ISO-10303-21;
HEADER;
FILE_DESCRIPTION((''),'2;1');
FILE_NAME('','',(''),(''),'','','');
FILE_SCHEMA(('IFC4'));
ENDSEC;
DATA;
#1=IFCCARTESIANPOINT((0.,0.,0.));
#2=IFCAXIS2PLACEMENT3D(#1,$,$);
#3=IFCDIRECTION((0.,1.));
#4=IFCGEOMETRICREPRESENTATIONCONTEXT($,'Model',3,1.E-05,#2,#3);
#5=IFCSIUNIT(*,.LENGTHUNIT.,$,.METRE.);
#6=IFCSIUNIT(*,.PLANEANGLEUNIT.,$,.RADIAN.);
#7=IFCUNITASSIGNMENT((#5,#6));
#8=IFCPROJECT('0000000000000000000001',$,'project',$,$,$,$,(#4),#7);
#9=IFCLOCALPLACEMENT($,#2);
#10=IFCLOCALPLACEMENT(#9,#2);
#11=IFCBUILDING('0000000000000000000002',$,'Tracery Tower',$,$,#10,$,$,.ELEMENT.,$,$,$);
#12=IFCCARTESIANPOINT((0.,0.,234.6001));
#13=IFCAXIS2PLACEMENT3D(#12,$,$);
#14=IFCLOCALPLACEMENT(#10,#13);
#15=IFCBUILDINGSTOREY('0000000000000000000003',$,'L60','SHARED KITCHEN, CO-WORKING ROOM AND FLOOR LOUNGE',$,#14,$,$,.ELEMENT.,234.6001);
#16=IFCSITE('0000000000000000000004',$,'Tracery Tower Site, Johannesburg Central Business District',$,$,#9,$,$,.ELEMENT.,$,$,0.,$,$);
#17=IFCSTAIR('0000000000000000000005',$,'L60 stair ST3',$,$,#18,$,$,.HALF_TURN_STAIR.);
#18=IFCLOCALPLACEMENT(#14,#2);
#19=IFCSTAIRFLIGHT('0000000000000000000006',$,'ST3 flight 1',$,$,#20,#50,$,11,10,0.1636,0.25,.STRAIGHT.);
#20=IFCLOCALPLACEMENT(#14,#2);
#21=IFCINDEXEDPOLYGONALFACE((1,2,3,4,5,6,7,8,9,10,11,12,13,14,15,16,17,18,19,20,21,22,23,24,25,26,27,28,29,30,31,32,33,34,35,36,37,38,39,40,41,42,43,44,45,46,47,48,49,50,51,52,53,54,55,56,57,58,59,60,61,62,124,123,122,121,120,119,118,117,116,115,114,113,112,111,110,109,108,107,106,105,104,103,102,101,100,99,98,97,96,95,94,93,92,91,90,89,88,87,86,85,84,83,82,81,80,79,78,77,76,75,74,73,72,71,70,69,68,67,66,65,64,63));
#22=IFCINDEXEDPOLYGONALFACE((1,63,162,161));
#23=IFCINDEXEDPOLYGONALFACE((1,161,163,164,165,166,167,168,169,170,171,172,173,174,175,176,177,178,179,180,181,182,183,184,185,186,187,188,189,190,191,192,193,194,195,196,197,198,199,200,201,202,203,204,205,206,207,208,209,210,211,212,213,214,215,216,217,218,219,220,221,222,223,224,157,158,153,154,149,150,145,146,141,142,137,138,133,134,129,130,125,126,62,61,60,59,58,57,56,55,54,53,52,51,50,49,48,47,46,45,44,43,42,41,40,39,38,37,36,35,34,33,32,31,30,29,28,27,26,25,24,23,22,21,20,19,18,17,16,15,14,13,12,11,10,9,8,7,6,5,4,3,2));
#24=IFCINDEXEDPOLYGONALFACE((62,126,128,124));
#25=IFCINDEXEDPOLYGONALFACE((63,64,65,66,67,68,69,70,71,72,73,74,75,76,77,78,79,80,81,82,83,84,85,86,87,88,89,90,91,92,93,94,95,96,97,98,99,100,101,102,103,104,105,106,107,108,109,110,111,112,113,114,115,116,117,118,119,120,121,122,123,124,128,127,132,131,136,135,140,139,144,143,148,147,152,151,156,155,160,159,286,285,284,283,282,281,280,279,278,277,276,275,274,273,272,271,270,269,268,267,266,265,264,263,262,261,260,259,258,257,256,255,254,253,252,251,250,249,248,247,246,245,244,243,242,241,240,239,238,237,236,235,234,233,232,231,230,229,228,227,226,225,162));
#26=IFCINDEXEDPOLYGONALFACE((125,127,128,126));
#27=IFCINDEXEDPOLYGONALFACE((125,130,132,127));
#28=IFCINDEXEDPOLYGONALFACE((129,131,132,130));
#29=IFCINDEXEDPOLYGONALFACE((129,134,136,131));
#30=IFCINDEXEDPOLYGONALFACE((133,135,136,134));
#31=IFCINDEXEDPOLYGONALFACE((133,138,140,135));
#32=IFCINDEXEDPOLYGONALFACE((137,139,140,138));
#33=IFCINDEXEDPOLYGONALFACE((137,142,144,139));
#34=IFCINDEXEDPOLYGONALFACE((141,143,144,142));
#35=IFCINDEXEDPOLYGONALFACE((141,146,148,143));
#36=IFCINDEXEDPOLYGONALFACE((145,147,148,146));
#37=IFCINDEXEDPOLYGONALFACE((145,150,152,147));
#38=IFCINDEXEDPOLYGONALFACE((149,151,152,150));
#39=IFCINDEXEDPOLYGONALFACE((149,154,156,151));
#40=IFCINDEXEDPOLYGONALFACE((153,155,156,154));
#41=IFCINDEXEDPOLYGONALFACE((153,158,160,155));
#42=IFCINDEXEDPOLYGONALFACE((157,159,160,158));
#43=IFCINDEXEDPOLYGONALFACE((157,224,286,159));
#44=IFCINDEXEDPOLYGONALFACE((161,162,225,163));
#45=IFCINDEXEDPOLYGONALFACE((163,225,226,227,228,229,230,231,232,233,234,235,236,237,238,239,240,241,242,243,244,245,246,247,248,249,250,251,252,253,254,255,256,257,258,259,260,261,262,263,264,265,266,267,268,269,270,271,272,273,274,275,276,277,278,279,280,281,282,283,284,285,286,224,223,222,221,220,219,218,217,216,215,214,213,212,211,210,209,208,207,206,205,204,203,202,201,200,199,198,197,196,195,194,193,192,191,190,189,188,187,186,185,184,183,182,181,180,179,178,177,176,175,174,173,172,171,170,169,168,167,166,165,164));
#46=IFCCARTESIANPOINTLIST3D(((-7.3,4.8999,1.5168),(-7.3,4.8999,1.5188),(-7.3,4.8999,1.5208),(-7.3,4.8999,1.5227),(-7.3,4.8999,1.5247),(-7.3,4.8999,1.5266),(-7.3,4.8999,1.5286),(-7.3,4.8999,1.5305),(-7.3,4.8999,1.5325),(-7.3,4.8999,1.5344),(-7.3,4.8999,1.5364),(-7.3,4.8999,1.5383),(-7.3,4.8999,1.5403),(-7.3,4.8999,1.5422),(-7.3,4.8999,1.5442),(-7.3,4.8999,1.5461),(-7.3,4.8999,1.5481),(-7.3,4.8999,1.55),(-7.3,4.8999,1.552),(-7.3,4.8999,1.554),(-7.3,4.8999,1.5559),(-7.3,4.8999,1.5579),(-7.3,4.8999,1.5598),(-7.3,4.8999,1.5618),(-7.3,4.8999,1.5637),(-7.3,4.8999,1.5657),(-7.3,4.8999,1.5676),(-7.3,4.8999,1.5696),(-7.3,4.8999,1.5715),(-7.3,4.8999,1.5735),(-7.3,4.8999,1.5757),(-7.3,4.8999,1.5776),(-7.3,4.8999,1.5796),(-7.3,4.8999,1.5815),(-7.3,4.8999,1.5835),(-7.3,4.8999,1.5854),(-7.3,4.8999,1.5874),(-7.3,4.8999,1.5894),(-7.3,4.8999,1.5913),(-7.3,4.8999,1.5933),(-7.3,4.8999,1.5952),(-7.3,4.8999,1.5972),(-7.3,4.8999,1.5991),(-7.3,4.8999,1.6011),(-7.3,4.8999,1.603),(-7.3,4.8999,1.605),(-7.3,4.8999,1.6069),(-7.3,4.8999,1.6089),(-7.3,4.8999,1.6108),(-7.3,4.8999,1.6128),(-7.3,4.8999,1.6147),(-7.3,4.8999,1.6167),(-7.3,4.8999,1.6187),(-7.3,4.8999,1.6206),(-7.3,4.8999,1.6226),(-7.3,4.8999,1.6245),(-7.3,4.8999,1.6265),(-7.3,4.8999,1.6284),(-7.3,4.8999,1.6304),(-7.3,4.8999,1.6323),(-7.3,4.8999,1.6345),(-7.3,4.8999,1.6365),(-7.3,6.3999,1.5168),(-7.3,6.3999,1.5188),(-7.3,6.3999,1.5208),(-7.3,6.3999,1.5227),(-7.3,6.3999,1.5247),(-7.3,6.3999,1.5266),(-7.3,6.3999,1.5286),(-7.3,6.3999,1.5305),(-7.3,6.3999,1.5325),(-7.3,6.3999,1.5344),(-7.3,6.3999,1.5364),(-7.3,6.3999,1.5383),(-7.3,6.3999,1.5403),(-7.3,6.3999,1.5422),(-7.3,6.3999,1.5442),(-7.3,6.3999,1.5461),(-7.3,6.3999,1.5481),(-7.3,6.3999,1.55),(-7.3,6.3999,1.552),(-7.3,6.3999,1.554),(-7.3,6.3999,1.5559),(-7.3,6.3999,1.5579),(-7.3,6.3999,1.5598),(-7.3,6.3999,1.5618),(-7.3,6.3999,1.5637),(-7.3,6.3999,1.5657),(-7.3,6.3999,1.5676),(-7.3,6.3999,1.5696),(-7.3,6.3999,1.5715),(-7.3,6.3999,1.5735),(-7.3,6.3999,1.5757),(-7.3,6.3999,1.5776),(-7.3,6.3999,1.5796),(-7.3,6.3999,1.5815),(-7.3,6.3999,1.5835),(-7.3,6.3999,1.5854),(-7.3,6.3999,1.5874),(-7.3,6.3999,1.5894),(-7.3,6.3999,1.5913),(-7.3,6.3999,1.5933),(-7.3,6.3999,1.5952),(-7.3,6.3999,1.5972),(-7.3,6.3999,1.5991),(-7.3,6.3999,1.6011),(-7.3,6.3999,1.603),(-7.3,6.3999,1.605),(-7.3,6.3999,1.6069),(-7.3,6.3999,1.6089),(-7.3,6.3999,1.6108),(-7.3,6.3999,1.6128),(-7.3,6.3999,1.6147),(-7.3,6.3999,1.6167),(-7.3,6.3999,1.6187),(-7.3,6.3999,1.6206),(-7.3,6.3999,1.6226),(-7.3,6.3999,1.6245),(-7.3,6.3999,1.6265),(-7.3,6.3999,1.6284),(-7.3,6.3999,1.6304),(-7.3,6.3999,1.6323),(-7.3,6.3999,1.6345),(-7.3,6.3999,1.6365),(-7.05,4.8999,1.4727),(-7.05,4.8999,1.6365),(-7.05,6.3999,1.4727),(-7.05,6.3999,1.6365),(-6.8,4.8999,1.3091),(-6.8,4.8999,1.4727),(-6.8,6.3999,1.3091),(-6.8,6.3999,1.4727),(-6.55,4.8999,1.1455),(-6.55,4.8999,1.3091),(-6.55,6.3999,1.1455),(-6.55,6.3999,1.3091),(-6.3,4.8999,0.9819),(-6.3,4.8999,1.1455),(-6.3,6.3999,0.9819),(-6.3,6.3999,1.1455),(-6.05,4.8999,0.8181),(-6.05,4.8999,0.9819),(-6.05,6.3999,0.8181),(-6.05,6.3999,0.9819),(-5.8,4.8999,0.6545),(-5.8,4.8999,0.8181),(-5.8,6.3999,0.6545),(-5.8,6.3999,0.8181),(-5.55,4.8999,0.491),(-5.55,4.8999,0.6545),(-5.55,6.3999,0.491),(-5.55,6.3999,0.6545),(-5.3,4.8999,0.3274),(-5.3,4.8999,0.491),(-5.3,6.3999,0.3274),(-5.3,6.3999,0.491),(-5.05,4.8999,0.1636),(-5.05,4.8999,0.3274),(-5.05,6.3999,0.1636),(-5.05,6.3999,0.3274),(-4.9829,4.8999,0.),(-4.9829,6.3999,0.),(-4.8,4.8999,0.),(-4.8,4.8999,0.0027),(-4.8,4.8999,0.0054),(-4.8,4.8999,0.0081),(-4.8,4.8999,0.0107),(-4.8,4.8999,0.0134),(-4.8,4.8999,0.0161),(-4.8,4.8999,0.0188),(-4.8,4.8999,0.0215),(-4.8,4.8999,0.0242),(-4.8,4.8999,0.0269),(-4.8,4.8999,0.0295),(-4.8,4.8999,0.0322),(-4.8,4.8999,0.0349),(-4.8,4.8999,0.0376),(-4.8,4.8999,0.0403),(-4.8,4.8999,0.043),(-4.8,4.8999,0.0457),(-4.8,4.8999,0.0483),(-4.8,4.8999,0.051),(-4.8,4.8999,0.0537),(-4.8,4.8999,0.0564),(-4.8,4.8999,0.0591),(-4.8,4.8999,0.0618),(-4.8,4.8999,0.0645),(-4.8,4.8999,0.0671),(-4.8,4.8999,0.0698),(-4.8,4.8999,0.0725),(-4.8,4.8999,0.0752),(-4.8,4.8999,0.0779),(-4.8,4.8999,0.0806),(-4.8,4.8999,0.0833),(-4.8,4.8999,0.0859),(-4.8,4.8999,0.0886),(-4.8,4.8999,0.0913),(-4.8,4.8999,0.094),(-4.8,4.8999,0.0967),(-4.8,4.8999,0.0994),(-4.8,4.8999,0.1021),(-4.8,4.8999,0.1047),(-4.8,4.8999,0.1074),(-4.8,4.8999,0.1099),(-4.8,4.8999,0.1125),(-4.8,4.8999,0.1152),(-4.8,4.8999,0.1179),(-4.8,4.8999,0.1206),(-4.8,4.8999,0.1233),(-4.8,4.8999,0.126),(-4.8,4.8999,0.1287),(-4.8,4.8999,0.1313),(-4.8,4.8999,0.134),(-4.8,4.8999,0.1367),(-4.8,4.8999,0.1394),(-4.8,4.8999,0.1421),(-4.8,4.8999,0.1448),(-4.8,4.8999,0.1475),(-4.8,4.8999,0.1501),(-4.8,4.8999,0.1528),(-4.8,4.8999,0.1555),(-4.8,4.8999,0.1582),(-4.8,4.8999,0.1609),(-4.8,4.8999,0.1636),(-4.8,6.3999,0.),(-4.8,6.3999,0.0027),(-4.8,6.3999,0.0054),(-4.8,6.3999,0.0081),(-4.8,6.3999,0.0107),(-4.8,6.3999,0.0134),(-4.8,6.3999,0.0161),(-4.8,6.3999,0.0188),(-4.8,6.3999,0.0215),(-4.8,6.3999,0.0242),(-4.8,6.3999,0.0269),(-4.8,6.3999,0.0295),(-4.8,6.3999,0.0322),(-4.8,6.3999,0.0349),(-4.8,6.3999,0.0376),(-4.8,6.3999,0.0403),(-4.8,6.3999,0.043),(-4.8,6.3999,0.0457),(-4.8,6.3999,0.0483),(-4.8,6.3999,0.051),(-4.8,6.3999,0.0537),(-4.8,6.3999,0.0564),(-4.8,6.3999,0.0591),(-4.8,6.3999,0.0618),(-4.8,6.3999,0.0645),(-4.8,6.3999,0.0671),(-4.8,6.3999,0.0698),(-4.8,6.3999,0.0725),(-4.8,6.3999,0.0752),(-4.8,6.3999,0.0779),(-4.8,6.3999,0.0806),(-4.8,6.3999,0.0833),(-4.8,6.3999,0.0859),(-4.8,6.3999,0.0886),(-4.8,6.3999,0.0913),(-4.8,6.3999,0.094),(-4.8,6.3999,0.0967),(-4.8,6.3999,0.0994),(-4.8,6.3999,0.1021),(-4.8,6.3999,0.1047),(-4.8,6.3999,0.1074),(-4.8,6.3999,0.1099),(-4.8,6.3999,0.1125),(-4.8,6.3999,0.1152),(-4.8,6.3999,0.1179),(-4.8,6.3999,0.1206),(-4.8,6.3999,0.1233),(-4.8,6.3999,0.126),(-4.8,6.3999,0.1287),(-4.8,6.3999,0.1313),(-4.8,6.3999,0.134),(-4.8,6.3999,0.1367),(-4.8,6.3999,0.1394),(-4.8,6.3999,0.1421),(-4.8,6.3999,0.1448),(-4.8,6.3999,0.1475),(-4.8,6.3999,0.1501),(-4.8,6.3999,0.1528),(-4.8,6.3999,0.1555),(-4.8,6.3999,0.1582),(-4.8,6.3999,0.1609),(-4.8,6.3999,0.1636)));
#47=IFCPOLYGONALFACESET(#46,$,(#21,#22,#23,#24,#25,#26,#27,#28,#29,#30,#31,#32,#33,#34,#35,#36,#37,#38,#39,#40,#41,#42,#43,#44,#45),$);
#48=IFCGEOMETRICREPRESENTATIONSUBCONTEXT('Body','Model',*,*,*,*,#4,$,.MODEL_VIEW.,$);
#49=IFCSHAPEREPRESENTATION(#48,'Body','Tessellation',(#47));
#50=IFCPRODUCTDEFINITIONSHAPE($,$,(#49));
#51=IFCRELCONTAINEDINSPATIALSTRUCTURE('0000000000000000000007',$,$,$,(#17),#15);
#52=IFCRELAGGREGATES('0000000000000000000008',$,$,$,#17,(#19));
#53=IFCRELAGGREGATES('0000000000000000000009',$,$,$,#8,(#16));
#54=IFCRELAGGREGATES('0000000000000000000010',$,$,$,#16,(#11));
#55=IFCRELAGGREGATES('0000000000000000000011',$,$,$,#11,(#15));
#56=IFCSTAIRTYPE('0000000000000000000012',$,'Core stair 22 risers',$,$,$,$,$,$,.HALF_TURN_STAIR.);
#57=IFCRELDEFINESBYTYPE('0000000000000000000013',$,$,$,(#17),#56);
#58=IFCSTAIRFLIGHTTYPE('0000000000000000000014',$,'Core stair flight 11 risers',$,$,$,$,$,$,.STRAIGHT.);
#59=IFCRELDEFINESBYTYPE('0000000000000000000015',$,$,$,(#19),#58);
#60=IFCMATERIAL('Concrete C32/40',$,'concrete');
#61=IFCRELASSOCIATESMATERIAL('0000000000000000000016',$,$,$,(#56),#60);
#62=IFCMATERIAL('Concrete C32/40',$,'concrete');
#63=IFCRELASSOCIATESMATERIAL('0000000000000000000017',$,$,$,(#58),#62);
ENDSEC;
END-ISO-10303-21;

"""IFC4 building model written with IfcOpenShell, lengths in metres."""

from ifc_helpers import new_model, si_unit, direction, frame, origin, place, context, subcontext, project, spatial, polyline, outline, extrude, material, type_object, element, aggregate, save


model = new_model("IFC4")

# Units and contexts
model_context = context("Model", 3, precision=1e-05, world=origin(), true_north=direction((0.0, 1.0)))
body_context = subcontext(model_context, "Body", "Model", "MODEL_VIEW")
ifc_project = project(units=[si_unit("LENGTHUNIT", "METRE"), si_unit("PLANEANGLEUNIT", "RADIAN")], contexts=[model_context])

# Site, building, storey
site_placement = place(None, origin())
site = spatial("IfcSite", under=ifc_project, at=site_placement, Name="Tracery Tower Site, Johannesburg Central Business District", CompositionType="ELEMENT", RefElevation=0.0)
building_placement = place(site_placement, origin())
building = spatial("IfcBuilding", under=site, at=building_placement, Name="Tracery Tower", CompositionType="ELEMENT")
storey_placement = place(building_placement, frame((0.0, 0.0, 234.6001)))
storey = spatial("IfcBuildingStorey", under=building, at=storey_placement, Name="L60", Description="SHARED KITCHEN, CO-WORKING ROOM AND FLOOR LOUNGE", CompositionType="ELEMENT", Elevation=234.6001)

# Stair, stair flight
ifc_material_1 = material(Name="Concrete C32/40", Category="concrete")
stair_type = type_object("IfcStairType", Name="Core stair 22 risers", PredefinedType="HALF_TURN_STAIR", material=ifc_material_1)
stair_placement = place(storey_placement, origin())
stair = element("IfcStair", 1, at=stair_placement, inside=storey, type_object=stair_type, Name="L60 stair ST3", PredefinedType="HALF_TURN_STAIR")
ifc_material_2 = material(Name="Concrete C32/40", Category="concrete")
stair_flight_type = type_object("IfcStairFlightType", Name="Core stair flight 11 risers", PredefinedType="STRAIGHT", material=ifc_material_2)
stair_flight_1_placement = place(storey_placement, frame((-4.8, 5.6499, 0.0), z_axis=(0.0, 0.0, 1.0), x_axis=(-1.0, 0.0, 0.0)))
stair_flight_1 = element("IfcStairFlight", 2, at=stair_flight_1_placement, type_object=stair_flight_type, Name="ST3 flight 1", NumberOfRisers=11, NumberOfTreads=10, PredefinedType="STRAIGHT", RiserHeight=0.1636, TreadLength=0.25, context=body_context, shape_type="SweptSolid", body=[
    extrude(outline(polyline([(0.0, 0.0), (0.0, 0.0027), (0.0, 0.0054), (0.0, 0.0081), (0.0, 0.0107), (0.0, 0.0134), (0.0, 0.0161), (0.0, 0.0188), (0.0, 0.0215), (0.0, 0.0242), (0.0, 0.0269), (0.0, 0.0295), (0.0, 0.0322), (0.0, 0.0349), (0.0, 0.0376), (0.0, 0.0403), (0.0, 0.043), (0.0, 0.0457), (0.0, 0.0483), (0.0, 0.051), (0.0, 0.0537), (0.0, 0.0564), (0.0, 0.0591), (0.0, 0.0618), (0.0, 0.0645), (0.0, 0.0671), (0.0, 0.0698), (0.0, 0.0725), (0.0, 0.0752), (0.0, 0.0779), (0.0, 0.0806), (0.0, 0.0833), (0.0, 0.0859), (0.0, 0.0886), (0.0, 0.0913), (0.0, 0.094), (0.0, 0.0967), (0.0, 0.0994), (0.0, 0.1021), (0.0, 0.1047), (0.0, 0.1074), (0.0, 0.1099), (0.0, 0.1125), (0.0, 0.1152), (0.0, 0.1179), (0.0, 0.1206), (0.0, 0.1233), (0.0, 0.126), (0.0, 0.1287), (0.0, 0.1313), (0.0, 0.134), (0.0, 0.1367), (0.0, 0.1394), (0.0, 0.1421), (0.0, 0.1448), (0.0, 0.1475), (0.0, 0.1501), (0.0, 0.1528), (0.0, 0.1555), (0.0, 0.1582), (0.0, 0.1609), (0.0, 0.1636), (0.25, 0.1636), (0.25, 0.3274), (0.5, 0.3274), (0.5, 0.491), (0.75, 0.491), (0.75, 0.6545), (1.0, 0.6545), (1.0, 0.8181), (1.25, 0.8181), (1.25, 0.9819), (1.5, 0.9819), (1.5, 1.1455), (1.75, 1.1455), (1.75, 1.3091), (2.0, 1.3091), (2.0, 1.4727), (2.25, 1.4727), (2.25, 1.6365), (2.5, 1.6365), (2.5, 1.6345), (2.5, 1.6323), (2.5, 1.6304), (2.5, 1.6284), (2.5, 1.6265), (2.5, 1.6245), (2.5, 1.6226), (2.5, 1.6206), (2.5, 1.6187), (2.5, 1.6167), (2.5, 1.6147), (2.5, 1.6128), (2.5, 1.6108), (2.5, 1.6089), (2.5, 1.6069), (2.5, 1.605), (2.5, 1.603), (2.5, 1.6011), (2.5, 1.5991), (2.5, 1.5972), (2.5, 1.5952), (2.5, 1.5933), (2.5, 1.5913), (2.5, 1.5894), (2.5, 1.5874), (2.5, 1.5854), (2.5, 1.5835), (2.5, 1.5815), (2.5, 1.5796), (2.5, 1.5776), (2.5, 1.5757), (2.5, 1.5735), (2.5, 1.5715), (2.5, 1.5696), (2.5, 1.5676), (2.5, 1.5657), (2.5, 1.5637), (2.5, 1.5618), (2.5, 1.5598), (2.5, 1.5579), (2.5, 1.5559), (2.5, 1.554), (2.5, 1.552), (2.5, 1.55), (2.5, 1.5481), (2.5, 1.5461), (2.5, 1.5442), (2.5, 1.5422), (2.5, 1.5403), (2.5, 1.5383), (2.5, 1.5364), (2.5, 1.5344), (2.5, 1.5325), (2.5, 1.5305), (2.5, 1.5286), (2.5, 1.5266), (2.5, 1.5247), (2.5, 1.5227), (2.5, 1.5208), (2.5, 1.5188), (2.5, 1.5168), (0.1829, 0.0), (0.0, 0.0)])), frame((0.0, 0.75, 0.0), z_axis=(0.0, -1.0, 0.0), x_axis=(1.0, 0.0, 0.0)), (0.0, 0.0, 1.0), 1.5),
])
aggregate(stair, [stair_flight_1])

save(model, "model.ifc")
